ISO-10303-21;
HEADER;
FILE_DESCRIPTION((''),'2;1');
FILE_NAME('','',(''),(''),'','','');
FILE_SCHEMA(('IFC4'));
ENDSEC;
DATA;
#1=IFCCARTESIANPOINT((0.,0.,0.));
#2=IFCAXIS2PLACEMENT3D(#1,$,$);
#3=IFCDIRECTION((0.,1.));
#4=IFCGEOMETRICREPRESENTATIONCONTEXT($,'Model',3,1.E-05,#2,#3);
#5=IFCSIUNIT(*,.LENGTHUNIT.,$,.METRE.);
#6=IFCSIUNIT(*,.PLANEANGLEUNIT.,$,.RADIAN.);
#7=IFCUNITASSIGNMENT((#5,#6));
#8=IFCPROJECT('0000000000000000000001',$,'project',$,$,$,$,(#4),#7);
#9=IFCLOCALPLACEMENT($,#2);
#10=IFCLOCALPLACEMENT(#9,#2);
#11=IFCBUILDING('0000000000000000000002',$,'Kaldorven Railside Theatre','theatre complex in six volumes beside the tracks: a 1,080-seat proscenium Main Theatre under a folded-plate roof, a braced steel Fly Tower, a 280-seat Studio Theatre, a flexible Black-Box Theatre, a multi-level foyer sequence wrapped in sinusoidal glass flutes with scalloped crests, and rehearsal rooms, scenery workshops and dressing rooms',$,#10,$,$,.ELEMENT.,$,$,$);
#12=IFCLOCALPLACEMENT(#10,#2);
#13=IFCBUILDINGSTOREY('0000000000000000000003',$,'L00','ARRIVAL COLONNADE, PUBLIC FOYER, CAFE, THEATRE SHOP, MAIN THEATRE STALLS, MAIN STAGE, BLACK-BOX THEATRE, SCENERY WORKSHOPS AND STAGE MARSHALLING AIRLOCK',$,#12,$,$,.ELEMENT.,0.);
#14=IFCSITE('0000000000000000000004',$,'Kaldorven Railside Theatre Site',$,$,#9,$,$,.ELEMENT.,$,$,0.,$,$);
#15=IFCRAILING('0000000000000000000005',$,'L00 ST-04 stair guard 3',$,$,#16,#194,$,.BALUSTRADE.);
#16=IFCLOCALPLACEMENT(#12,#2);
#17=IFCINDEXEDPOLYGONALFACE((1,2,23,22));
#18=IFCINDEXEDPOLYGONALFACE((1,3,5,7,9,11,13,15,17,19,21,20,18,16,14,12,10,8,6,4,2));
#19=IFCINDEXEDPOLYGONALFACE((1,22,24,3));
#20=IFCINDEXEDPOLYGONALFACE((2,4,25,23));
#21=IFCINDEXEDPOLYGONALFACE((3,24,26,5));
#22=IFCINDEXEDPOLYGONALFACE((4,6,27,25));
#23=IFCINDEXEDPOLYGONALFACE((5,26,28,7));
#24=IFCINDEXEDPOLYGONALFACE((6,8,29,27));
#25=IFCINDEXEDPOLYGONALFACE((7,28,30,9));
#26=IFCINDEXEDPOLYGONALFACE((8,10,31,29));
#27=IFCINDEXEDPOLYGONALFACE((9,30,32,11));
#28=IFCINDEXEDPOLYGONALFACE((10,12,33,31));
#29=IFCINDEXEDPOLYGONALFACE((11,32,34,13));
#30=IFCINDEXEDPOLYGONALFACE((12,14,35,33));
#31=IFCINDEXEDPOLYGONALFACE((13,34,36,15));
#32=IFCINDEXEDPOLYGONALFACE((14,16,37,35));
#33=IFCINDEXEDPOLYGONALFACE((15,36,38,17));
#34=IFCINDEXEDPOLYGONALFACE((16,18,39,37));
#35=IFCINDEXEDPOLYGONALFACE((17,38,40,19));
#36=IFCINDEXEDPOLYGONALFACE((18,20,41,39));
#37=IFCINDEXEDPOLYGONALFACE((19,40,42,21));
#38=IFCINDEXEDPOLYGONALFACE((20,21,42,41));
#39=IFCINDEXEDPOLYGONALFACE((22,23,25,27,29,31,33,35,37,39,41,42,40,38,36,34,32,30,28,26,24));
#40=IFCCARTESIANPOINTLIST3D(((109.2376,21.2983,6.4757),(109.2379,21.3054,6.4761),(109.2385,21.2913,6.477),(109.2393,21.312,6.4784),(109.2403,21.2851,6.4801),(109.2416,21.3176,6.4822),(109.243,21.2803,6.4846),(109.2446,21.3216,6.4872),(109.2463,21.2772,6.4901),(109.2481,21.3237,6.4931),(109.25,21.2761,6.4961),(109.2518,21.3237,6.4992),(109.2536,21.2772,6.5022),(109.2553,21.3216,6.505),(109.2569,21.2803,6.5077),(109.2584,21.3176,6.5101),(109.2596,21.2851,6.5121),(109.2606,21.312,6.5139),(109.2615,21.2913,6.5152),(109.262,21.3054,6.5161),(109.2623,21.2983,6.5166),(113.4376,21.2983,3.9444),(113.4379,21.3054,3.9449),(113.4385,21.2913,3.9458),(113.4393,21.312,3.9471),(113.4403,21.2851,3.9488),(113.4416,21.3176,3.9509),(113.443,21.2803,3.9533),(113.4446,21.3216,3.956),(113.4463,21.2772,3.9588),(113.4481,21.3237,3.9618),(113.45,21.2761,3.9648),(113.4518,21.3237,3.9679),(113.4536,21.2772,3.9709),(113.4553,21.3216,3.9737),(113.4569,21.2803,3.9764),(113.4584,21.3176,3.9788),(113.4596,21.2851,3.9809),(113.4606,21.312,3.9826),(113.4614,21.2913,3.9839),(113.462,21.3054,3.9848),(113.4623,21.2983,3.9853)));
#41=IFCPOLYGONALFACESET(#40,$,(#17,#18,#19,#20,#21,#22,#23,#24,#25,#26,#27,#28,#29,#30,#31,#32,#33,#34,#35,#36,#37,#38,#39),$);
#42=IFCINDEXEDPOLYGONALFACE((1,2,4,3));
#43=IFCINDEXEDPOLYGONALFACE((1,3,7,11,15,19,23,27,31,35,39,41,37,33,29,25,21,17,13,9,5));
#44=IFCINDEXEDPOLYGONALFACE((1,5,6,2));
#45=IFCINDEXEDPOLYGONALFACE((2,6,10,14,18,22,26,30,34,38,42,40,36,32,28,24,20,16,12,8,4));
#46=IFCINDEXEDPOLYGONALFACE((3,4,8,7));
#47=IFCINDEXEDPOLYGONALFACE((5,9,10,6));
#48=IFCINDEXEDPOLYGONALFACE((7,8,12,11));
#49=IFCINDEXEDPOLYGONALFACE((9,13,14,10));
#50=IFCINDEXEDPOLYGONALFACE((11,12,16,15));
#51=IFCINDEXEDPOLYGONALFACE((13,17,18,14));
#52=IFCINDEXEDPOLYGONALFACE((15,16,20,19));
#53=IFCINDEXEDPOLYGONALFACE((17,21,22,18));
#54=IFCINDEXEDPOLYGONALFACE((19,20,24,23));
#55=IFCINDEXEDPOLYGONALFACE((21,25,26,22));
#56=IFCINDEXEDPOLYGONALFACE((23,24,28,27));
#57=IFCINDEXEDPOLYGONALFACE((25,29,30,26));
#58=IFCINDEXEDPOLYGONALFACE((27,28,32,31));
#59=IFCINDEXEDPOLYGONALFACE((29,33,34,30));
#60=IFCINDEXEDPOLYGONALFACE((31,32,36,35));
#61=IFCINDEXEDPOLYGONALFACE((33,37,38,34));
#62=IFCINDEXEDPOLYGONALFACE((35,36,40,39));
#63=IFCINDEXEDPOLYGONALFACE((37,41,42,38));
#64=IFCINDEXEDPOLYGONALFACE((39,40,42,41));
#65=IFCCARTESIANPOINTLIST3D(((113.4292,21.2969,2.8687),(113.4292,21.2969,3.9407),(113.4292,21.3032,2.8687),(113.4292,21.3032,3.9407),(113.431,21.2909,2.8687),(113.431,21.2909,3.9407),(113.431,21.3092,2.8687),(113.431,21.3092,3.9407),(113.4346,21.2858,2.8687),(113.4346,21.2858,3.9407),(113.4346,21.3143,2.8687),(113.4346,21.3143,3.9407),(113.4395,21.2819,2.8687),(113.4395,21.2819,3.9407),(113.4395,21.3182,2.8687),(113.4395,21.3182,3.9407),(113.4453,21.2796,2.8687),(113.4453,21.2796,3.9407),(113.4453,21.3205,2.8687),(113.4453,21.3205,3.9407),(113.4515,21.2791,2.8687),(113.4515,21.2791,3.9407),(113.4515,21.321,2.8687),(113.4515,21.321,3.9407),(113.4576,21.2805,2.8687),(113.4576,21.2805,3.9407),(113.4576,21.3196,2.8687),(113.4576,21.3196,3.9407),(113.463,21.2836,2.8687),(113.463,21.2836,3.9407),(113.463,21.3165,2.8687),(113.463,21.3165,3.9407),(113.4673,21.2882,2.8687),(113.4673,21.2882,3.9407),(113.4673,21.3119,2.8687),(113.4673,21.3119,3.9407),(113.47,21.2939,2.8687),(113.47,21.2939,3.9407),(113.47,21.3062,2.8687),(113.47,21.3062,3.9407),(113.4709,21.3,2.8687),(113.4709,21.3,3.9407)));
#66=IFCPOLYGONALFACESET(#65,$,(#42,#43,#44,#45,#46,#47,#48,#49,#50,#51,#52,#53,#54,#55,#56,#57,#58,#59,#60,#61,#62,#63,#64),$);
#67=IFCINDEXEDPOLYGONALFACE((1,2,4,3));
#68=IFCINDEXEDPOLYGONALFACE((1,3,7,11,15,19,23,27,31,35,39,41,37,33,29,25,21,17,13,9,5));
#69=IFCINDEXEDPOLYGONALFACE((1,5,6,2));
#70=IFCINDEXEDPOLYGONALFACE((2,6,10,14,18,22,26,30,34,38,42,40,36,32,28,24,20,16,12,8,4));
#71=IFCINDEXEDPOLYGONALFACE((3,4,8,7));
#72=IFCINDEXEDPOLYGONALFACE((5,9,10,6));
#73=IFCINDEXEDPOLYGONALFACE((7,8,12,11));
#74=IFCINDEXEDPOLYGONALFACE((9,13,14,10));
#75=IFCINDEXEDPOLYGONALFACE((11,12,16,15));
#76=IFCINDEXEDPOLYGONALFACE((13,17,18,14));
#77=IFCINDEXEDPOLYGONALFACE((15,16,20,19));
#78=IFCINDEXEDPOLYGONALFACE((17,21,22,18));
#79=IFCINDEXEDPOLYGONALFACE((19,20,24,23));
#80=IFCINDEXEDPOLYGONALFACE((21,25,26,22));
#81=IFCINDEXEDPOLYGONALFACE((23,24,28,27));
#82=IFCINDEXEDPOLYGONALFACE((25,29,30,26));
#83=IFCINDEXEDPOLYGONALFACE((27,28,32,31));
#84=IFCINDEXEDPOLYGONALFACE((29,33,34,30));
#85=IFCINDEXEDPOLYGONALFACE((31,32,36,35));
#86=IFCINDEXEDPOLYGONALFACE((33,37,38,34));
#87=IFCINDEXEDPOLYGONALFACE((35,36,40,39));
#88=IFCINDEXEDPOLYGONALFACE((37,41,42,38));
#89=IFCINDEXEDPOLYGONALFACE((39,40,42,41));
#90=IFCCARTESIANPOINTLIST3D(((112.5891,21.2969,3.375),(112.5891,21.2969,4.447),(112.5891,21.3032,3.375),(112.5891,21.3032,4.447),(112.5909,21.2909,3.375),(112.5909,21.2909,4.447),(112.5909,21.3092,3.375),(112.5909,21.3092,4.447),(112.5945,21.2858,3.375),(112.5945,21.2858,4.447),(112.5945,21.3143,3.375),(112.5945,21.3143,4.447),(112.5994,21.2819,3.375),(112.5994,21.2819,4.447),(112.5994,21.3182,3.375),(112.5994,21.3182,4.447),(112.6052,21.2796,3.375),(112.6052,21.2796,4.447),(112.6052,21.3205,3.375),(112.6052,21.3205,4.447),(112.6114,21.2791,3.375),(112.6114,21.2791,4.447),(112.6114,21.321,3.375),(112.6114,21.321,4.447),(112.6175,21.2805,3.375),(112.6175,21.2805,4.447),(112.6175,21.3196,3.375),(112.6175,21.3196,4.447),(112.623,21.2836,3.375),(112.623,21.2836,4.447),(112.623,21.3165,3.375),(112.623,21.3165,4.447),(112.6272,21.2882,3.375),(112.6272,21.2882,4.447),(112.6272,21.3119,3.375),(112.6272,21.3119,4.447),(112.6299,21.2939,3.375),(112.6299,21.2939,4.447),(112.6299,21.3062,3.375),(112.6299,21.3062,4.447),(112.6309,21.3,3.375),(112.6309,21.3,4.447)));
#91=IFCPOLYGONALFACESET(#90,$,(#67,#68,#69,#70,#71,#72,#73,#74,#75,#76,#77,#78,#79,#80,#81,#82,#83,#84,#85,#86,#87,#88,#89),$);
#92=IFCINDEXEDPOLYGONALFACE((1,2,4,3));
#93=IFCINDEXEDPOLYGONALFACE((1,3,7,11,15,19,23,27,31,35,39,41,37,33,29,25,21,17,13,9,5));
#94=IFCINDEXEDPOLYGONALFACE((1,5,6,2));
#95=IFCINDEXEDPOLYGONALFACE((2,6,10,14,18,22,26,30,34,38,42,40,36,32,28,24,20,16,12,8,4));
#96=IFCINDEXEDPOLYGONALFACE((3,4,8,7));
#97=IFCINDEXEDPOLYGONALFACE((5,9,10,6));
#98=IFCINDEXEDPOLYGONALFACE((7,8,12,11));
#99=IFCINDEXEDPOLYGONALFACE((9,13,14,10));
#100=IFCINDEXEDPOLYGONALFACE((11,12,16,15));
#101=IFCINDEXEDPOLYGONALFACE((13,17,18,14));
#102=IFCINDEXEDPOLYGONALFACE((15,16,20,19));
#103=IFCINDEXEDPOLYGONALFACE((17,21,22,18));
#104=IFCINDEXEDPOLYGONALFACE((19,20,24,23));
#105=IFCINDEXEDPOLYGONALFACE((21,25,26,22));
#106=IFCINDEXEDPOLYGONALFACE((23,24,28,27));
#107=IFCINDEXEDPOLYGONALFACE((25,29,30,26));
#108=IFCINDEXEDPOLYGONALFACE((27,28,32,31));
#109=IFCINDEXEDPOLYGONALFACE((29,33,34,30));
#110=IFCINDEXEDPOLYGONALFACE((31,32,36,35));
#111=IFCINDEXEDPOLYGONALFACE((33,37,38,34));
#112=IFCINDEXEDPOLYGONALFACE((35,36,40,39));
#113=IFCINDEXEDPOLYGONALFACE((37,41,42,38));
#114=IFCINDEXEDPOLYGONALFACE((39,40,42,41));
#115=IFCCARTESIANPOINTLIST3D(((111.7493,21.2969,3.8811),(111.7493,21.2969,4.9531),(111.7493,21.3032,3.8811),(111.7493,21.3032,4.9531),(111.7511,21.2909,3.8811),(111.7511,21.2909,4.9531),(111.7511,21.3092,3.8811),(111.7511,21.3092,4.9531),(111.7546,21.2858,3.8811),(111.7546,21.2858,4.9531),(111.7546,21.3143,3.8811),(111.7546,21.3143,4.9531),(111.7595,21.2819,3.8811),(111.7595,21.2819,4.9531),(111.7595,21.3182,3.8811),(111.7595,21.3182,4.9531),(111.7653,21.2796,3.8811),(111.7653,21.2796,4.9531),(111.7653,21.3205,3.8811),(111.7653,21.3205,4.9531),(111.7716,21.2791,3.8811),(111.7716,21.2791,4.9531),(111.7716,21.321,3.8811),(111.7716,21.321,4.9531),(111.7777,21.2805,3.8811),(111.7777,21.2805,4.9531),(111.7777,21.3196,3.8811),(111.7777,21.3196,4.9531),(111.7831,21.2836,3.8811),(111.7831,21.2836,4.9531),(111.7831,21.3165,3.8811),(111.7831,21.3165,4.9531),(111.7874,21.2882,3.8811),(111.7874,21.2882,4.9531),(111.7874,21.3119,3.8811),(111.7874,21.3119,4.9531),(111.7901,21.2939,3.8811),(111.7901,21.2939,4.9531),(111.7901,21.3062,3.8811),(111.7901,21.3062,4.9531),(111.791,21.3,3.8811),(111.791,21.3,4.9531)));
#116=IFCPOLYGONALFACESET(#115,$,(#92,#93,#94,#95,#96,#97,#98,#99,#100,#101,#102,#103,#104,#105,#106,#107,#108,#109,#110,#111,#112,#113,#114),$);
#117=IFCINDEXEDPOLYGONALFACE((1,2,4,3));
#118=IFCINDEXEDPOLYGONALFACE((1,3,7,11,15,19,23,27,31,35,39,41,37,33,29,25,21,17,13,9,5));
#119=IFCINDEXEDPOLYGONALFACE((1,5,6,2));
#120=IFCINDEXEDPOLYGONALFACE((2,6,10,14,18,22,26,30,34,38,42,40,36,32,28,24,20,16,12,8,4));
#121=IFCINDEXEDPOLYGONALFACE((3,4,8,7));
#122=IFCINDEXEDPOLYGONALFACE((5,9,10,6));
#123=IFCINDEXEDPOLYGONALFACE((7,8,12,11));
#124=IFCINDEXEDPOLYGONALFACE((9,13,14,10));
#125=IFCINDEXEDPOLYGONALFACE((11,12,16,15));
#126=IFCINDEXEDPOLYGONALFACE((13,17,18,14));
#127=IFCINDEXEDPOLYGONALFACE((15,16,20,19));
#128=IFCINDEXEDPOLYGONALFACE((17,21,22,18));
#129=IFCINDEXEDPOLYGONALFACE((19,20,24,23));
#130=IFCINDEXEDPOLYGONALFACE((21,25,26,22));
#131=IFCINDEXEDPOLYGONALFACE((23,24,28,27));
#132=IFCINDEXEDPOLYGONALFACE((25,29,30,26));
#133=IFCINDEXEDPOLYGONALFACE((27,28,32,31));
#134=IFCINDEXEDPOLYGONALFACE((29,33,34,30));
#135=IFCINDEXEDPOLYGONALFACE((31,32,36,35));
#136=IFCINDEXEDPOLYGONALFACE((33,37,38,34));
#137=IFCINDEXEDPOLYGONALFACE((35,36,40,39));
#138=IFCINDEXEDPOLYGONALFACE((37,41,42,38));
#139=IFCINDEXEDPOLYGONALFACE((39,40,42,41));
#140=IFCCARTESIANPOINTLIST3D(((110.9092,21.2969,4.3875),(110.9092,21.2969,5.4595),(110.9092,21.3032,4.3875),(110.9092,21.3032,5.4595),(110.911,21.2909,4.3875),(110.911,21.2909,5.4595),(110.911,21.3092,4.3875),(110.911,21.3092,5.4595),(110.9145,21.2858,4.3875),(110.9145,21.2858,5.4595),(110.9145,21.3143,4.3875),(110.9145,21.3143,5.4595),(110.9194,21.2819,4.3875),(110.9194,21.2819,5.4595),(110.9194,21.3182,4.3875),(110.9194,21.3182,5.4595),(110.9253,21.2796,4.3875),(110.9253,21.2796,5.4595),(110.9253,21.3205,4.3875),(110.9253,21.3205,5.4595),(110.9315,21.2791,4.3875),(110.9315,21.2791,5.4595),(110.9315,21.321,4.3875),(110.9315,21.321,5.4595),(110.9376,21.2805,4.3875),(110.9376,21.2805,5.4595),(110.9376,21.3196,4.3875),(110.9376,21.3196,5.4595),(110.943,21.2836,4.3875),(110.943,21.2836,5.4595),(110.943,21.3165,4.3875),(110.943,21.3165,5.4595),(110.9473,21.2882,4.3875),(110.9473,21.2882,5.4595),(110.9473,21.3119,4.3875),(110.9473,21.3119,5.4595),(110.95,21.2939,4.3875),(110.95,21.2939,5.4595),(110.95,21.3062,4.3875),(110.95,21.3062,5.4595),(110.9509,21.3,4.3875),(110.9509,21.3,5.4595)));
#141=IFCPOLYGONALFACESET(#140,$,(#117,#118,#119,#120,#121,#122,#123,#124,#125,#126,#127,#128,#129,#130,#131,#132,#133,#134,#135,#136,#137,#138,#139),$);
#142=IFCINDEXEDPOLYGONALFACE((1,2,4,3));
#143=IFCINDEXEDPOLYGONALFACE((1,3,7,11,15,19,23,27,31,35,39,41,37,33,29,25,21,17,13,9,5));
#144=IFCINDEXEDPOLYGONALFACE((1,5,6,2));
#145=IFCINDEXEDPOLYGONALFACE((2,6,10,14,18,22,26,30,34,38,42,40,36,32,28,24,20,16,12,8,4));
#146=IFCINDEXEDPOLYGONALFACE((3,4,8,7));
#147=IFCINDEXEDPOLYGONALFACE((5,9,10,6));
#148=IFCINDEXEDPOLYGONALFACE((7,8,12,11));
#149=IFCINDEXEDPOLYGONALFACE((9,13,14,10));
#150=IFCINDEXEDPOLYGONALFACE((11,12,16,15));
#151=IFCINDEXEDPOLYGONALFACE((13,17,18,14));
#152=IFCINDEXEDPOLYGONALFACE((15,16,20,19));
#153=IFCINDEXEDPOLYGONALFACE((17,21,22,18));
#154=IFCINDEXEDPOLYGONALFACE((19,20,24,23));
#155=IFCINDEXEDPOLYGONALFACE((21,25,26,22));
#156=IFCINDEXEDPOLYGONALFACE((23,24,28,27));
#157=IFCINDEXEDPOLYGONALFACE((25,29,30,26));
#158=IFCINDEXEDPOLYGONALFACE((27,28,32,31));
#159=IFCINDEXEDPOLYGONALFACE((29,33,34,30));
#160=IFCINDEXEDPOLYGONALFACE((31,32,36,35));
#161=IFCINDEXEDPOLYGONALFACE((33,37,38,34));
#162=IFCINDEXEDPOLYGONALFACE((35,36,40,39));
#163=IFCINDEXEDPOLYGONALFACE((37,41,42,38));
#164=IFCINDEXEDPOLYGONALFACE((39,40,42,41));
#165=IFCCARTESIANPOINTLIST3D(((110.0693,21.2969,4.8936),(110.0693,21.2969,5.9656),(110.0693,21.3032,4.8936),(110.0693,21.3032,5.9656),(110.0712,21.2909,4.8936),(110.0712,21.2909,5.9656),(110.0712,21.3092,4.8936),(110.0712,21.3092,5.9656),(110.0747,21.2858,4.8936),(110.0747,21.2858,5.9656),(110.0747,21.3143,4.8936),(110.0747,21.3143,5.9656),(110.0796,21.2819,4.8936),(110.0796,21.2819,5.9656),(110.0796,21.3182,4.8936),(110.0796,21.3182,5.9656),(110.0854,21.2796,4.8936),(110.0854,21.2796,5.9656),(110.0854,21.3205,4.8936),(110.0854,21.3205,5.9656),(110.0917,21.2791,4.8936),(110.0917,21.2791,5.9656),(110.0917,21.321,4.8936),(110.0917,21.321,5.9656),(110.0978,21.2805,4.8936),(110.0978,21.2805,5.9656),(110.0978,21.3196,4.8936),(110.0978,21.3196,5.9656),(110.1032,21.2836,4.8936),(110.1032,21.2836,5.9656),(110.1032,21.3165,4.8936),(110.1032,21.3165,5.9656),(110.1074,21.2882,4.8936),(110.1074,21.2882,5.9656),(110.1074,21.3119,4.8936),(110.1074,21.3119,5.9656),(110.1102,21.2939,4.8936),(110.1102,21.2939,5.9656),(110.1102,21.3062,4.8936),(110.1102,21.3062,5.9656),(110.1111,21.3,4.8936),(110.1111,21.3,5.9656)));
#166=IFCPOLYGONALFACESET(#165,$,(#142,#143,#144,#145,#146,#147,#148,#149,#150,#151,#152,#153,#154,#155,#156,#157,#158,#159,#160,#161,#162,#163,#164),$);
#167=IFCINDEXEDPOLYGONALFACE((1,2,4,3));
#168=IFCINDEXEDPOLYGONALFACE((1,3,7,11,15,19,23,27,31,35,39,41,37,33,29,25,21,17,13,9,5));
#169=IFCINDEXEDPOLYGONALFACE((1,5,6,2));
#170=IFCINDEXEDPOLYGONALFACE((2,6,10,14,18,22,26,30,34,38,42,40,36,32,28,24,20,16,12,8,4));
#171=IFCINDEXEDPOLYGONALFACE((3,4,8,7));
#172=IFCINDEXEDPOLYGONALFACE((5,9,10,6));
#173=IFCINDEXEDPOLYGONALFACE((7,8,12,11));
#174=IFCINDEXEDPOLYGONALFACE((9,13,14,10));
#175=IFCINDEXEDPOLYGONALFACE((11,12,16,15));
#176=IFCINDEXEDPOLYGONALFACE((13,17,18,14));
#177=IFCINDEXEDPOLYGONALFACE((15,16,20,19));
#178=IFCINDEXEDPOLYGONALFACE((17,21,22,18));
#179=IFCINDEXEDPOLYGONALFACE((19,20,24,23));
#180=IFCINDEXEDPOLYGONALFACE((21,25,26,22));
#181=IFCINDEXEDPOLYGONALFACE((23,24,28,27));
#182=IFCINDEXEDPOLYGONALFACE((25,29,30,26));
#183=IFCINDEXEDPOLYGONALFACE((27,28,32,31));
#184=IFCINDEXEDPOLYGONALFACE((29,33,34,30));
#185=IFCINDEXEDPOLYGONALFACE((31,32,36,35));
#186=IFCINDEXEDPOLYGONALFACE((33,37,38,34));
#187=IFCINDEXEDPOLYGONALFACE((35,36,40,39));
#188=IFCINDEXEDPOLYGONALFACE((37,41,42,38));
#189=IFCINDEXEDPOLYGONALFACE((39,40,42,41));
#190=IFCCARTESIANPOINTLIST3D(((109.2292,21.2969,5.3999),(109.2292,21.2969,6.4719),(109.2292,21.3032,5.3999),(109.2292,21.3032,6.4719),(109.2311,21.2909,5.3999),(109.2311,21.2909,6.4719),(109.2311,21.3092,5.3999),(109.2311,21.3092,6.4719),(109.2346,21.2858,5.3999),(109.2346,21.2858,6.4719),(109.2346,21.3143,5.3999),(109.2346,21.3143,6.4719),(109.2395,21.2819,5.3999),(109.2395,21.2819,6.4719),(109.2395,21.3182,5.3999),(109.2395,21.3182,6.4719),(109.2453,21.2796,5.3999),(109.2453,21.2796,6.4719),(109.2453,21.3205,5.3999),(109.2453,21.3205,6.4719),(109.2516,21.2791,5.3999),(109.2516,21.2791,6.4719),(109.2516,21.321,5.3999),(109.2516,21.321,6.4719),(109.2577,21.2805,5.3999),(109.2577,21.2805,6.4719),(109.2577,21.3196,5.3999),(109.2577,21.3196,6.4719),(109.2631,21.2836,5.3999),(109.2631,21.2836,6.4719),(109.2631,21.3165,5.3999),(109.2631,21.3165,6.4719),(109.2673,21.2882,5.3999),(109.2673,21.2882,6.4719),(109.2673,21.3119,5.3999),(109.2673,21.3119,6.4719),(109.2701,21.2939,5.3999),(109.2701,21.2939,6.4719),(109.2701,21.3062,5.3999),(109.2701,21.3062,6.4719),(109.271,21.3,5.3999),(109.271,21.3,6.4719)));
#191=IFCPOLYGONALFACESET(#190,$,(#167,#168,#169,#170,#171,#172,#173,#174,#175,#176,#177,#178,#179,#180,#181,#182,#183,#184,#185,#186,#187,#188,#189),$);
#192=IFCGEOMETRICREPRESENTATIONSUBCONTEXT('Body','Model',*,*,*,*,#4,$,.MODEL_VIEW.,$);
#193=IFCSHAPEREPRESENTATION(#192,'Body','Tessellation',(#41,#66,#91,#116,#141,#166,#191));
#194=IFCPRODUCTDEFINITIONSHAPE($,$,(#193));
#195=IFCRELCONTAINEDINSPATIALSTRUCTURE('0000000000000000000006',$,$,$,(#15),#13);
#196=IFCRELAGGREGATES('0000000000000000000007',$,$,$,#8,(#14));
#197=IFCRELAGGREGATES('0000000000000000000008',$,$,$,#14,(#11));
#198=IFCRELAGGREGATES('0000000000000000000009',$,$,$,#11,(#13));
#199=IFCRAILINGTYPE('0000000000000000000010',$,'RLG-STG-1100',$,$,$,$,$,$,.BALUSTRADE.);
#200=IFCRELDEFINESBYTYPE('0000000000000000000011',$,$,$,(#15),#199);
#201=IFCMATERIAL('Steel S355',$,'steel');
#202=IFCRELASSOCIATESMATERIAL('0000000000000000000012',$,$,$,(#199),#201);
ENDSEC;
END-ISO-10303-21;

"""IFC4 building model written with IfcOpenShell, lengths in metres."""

from ifc_helpers import new_model, si_unit, direction, frame, origin, origin_2d, place, context, subcontext, project, spatial, circle, extrude, material, type_object, element, save


model = new_model("IFC4")

# Units and contexts
model_context = context("Model", 3, precision=1e-05, world=origin(), true_north=direction((0.0, 1.0)))
body_context = subcontext(model_context, "Body", "Model", "MODEL_VIEW")
ifc_project = project(units=[si_unit("LENGTHUNIT", "METRE"), si_unit("PLANEANGLEUNIT", "RADIAN")], contexts=[model_context])

# Site, building, storey
site_placement = place(None, origin())
site = spatial("IfcSite", under=ifc_project, at=site_placement, Name="Kaldorven Railside Theatre Site", CompositionType="ELEMENT", RefElevation=0.0)
building_placement = place(site_placement, origin())
building = spatial("IfcBuilding", under=site, at=building_placement, Name="Kaldorven Railside Theatre", Description="theatre complex in six volumes beside the tracks: a 1,080-seat proscenium Main Theatre under a folded-plate roof, a braced steel Fly Tower, a 280-seat Studio Theatre, a flexible Black-Box Theatre, a multi-level foyer sequence wrapped in sinusoidal glass flutes with scalloped crests, and rehearsal rooms, scenery workshops and dressing rooms", CompositionType="ELEMENT")
storey_placement = place(building_placement, origin())
storey = spatial("IfcBuildingStorey", under=building, at=storey_placement, Name="L00", Description="ARRIVAL COLONNADE, PUBLIC FOYER, CAFE, THEATRE SHOP, MAIN THEATRE STALLS, MAIN STAGE, BLACK-BOX THEATRE, SCENERY WORKSHOPS AND STAGE MARSHALLING AIRLOCK", CompositionType="ELEMENT", Elevation=0.0)

# Shared definitions
ifc_material_1 = material(Name="Steel S355", Category="steel")

# Railing
railing_type_1 = type_object("IfcRailingType", Name="RLG-STG-1100", PredefinedType="BALUSTRADE", material=ifc_material_1)
railing_1_placement = place(storey_placement, frame((113.45, 21.3, 2.8687)))
element("IfcRailing", 1, at=railing_1_placement, inside=storey, type_object=railing_type_1, Name="L00 ST-04 stair guard 3", PredefinedType="BALUSTRADE", context=body_context, shape_type="SweptSolid", body=[
    extrude(circle(Radius=0.0239, at=origin_2d()), frame((0.0, 0.0, 1.0962), z_axis=(-0.856476, 0.0, 0.516186), x_axis=(0.0, -1.0, 0.0)), (0.0, 0.0, 1.0), 4.9038),
    extrude(circle(Radius=0.021, at=origin_2d()), origin(), (0.0, 0.0, 1.0), 1.072),
    extrude(circle(Radius=0.021, at=origin_2d()), frame((-0.8401, 0.0, 0.5063)), (0.0, 0.0, 1.0), 1.072),
    extrude(circle(Radius=0.021, at=origin_2d()), frame((-1.6799, 0.0, 1.0125)), (0.0, 0.0, 1.0), 1.072),
    extrude(circle(Radius=0.021, at=origin_2d()), frame((-2.52, 0.0, 1.5188)), (0.0, 0.0, 1.0), 1.072),
    extrude(circle(Radius=0.021, at=origin_2d()), frame((-3.3599, 0.0, 2.0249)), (0.0, 0.0, 1.0), 1.072),
    extrude(circle(Radius=0.021, at=origin_2d()), frame((-4.2, 0.0, 2.5312)), (0.0, 0.0, 1.0), 1.072),
])

save(model, "model.ifc")
